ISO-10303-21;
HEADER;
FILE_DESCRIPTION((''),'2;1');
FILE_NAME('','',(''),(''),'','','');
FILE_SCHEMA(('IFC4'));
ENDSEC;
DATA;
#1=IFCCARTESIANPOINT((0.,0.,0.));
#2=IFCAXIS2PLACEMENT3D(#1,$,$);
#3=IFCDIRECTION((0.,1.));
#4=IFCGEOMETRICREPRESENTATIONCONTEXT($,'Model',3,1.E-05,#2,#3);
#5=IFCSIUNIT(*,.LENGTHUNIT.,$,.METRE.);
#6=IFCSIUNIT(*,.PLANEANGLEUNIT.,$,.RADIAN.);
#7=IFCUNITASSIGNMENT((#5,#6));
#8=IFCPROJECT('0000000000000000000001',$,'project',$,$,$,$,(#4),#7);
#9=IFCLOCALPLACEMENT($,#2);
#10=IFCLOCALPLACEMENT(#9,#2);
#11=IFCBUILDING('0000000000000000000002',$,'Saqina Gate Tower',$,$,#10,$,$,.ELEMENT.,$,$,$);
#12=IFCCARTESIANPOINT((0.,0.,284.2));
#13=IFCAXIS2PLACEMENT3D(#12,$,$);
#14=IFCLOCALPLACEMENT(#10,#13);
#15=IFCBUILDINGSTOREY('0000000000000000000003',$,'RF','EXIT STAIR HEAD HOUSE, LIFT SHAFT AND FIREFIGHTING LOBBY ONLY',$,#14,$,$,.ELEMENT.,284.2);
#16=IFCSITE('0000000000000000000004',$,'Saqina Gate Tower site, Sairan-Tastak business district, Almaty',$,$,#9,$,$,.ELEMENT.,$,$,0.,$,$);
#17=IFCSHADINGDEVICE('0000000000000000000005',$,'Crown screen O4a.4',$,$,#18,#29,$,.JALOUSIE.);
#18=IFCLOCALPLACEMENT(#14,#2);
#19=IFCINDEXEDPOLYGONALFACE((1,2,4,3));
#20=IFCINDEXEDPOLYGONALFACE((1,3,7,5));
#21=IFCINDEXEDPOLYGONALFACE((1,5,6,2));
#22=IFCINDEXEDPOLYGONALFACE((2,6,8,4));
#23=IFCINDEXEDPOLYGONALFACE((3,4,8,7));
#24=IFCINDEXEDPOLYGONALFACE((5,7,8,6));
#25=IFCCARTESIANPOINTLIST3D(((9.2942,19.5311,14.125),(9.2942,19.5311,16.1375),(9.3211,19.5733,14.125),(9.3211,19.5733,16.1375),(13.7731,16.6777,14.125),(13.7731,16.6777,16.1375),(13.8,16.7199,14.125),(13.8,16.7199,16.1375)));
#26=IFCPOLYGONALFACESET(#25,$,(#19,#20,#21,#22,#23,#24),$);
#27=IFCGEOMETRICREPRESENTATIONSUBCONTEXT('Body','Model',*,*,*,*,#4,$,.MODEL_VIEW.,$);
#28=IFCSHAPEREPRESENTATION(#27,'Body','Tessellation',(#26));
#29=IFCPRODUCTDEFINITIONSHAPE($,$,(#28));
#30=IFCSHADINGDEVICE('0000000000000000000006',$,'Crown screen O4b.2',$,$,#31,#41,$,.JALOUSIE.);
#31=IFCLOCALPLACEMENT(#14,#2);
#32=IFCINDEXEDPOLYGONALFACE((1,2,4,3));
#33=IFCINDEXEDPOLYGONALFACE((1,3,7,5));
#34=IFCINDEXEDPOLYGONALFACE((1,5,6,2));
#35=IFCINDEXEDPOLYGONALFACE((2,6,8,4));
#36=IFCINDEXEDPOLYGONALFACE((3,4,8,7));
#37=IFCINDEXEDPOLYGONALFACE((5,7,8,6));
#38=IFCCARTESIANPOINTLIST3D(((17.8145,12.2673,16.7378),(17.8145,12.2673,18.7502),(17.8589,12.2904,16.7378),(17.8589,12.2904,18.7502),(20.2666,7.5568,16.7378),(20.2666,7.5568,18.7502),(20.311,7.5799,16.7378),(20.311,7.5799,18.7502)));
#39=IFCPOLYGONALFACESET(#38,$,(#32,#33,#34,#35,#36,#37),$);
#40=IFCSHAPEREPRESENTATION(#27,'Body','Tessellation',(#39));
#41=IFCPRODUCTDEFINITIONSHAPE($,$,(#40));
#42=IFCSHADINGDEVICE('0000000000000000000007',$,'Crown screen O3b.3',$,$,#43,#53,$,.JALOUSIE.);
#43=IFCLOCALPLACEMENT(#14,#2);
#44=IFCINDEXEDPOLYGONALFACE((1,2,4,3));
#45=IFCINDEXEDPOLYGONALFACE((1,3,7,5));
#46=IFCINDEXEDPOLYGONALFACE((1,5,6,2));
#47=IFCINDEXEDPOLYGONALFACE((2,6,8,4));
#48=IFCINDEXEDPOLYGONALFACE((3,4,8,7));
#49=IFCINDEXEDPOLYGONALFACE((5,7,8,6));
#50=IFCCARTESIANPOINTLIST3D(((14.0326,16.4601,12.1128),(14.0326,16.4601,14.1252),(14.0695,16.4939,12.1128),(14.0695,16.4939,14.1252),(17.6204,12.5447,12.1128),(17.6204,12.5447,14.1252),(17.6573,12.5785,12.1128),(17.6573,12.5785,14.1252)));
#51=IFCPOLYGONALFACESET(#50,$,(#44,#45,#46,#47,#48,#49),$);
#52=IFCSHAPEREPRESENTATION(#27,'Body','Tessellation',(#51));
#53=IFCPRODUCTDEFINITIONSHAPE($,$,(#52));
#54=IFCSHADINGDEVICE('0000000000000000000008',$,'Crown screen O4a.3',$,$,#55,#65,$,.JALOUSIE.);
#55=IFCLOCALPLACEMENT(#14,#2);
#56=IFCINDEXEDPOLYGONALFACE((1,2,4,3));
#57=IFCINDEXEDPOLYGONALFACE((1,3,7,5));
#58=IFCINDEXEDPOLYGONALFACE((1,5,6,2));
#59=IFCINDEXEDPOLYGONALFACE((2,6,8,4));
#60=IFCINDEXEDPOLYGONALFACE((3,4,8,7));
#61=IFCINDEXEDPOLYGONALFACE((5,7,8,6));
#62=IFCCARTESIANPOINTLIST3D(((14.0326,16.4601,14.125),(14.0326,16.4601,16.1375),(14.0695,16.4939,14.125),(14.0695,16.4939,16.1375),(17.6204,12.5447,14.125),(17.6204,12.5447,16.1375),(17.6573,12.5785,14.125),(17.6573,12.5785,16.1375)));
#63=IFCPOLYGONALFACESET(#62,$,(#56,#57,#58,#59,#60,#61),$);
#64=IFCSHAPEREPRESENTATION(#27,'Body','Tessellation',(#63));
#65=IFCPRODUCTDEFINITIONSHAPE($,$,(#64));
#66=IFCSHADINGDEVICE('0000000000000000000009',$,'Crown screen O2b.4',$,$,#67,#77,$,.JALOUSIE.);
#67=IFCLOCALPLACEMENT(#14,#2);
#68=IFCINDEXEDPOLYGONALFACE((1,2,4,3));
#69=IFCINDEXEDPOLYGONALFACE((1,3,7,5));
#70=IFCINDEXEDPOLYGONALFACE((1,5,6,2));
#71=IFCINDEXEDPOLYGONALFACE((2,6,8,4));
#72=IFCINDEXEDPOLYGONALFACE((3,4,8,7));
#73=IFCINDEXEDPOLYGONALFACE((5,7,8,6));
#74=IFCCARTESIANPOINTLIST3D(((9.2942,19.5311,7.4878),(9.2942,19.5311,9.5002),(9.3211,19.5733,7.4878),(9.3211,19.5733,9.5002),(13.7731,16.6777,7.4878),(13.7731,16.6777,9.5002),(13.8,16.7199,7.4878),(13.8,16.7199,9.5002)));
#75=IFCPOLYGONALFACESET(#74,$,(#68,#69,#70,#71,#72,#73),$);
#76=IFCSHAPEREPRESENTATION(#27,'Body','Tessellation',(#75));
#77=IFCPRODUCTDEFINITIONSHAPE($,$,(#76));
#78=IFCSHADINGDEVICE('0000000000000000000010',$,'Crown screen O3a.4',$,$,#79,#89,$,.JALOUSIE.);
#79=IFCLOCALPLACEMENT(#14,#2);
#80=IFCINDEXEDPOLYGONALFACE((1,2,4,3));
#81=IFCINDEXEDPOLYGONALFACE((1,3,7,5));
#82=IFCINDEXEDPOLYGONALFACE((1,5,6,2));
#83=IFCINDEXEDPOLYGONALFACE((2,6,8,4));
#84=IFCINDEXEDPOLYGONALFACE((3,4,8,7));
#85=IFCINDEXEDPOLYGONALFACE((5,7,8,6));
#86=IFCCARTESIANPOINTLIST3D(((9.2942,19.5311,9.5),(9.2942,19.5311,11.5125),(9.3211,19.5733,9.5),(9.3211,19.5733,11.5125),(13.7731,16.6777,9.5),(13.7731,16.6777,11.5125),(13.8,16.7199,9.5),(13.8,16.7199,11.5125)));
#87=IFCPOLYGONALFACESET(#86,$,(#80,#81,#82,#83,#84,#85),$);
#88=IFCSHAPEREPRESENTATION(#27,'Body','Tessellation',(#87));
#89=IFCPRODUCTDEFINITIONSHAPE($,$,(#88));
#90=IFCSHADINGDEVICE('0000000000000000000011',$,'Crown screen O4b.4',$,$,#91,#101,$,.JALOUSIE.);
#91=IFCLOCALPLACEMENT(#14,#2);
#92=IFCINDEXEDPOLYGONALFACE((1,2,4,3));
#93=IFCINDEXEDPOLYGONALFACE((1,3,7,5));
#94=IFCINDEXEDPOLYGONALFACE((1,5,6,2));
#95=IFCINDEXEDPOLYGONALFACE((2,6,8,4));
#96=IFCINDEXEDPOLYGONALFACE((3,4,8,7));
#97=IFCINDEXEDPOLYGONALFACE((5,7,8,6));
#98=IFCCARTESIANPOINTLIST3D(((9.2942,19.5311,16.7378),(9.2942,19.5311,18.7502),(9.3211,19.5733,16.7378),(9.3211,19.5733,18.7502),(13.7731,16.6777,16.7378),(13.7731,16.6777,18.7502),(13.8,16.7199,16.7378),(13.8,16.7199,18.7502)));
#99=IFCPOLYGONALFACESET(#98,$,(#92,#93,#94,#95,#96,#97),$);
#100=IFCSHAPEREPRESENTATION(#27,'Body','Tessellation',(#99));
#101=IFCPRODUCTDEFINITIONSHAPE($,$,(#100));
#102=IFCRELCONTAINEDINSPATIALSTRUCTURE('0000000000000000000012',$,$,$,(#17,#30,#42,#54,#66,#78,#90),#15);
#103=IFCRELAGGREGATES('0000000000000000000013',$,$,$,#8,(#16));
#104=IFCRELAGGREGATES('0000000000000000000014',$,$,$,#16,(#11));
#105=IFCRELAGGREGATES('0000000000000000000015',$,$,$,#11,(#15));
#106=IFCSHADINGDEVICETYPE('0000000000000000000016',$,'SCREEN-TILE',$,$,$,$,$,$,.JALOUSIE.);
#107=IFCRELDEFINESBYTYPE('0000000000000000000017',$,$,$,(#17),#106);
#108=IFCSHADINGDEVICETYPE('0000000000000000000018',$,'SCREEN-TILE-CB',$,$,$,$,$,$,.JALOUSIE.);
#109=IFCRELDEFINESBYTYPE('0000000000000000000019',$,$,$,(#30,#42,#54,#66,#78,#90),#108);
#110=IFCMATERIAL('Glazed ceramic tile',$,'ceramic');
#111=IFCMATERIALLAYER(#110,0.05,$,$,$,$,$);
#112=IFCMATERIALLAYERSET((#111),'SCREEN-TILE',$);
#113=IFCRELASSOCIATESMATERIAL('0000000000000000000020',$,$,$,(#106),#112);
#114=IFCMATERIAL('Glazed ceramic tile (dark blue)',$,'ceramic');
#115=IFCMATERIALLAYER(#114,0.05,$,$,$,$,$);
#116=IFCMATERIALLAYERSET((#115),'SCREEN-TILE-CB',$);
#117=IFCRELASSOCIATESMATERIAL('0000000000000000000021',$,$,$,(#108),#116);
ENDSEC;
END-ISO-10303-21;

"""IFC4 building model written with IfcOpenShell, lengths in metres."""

from ifc_helpers import new_model, si_unit, direction, frame, origin, origin_2d, place, context, subcontext, project, spatial, rectangle, extrude, material, layer, layer_set, type_object, element, save


model = new_model("IFC4")

# Units and contexts
model_context = context("Model", 3, precision=1e-05, world=origin(), true_north=direction((0.0, 1.0)))
body_context = subcontext(model_context, "Body", "Model", "MODEL_VIEW")
ifc_project = project(units=[si_unit("LENGTHUNIT", "METRE"), si_unit("PLANEANGLEUNIT", "RADIAN")], contexts=[model_context])

# Site, building, storey
site_placement = place(None, origin())
site = spatial("IfcSite", under=ifc_project, at=site_placement, Name="Saqina Gate Tower site, Sairan-Tastak business district, Almaty", CompositionType="ELEMENT", RefElevation=0.0)
building_placement = place(site_placement, origin())
building = spatial("IfcBuilding", under=site, at=building_placement, Name="Saqina Gate Tower", CompositionType="ELEMENT")
storey_placement = place(building_placement, frame((0.0, 0.0, 284.2)))
storey = spatial("IfcBuildingStorey", under=building, at=storey_placement, Name="RF", Description="EXIT STAIR HEAD HOUSE, LIFT SHAFT AND FIREFIGHTING LOBBY ONLY", CompositionType="ELEMENT", Elevation=284.2)

# Shading devices
ifc_material_1 = material(Name="Glazed ceramic tile", Category="ceramic")
ifc_layer_1 = layer(ifc_material_1, 0.05)
ifc_layer_set_1 = layer_set([ifc_layer_1], Name="SCREEN-TILE")
shading_device_type_1 = type_object("IfcShadingDeviceType", Name="SCREEN-TILE", PredefinedType="JALOUSIE", material=ifc_layer_set_1)
for number, where, z_axis, x_axis, name in (
    (1, (11.5471, 18.1255, 14.125), (0.0, 0.0, 1.0), (-0.843391, 0.5373, 0.0), "Crown screen O4a.4"),
):
    element("IfcShadingDevice", number, at=place(storey_placement, frame(where, z_axis=z_axis, x_axis=x_axis)), inside=storey, type_object=shading_device_type_1, Name=name, PredefinedType="JALOUSIE", context=body_context, shape_type="SweptSolid", body=[
        extrude(rectangle(XDim=5.3105, YDim=0.05, at=origin_2d()), origin(), (0.0, 0.0, 1.0), 2.0125),
    ])
ifc_material_2 = material(Name="Glazed ceramic tile (dark blue)", Category="ceramic")
ifc_layer_2 = layer(ifc_material_2, 0.05)
ifc_layer_set_2 = layer_set([ifc_layer_2], Name="SCREEN-TILE-CB")
shading_device_type_2 = type_object("IfcShadingDeviceType", Name="SCREEN-TILE-CB", PredefinedType="JALOUSIE", material=ifc_layer_set_2)
for number, where, z_axis, x_axis, name in (
    (2, (19.0627, 9.9236, 16.7378), (0.0, 0.0, 1.0), (-0.461749, 0.887011, 0.0), "Crown screen O4b.2"),
    (3, (15.845, 14.5193, 12.1128), (0.0, 0.0, 1.0), (-0.67559, 0.737277, 0.0), "Crown screen O3b.3"),
    (4, (15.845, 14.5193, 14.125), (0.0, 0.0, 1.0), (-0.67559, 0.737277, 0.0), "Crown screen O4a.3"),
    (5, (11.5471, 18.1255, 7.4878), (0.0, 0.0, 1.0), (-0.843391, 0.5373, 0.0), "Crown screen O2b.4"),
    (6, (11.5471, 18.1255, 9.5), (0.0, 0.0, 1.0), (-0.843391, 0.5373, 0.0), "Crown screen O3a.4"),
    (7, (11.5471, 18.1255, 16.7378), (0.0, 0.0, 1.0), (-0.843391, 0.5373, 0.0), "Crown screen O4b.4"),
):
    element("IfcShadingDevice", number, at=place(storey_placement, frame(where, z_axis=z_axis, x_axis=x_axis)), inside=storey, type_object=shading_device_type_2, Name=name, PredefinedType="JALOUSIE", context=body_context, shape_type="SweptSolid", body=[
        extrude(rectangle(XDim=5.3105, YDim=0.05, at=origin_2d()), origin(), (0.0, 0.0, 1.0), 2.0125),
    ])

save(model, "model.ifc")
